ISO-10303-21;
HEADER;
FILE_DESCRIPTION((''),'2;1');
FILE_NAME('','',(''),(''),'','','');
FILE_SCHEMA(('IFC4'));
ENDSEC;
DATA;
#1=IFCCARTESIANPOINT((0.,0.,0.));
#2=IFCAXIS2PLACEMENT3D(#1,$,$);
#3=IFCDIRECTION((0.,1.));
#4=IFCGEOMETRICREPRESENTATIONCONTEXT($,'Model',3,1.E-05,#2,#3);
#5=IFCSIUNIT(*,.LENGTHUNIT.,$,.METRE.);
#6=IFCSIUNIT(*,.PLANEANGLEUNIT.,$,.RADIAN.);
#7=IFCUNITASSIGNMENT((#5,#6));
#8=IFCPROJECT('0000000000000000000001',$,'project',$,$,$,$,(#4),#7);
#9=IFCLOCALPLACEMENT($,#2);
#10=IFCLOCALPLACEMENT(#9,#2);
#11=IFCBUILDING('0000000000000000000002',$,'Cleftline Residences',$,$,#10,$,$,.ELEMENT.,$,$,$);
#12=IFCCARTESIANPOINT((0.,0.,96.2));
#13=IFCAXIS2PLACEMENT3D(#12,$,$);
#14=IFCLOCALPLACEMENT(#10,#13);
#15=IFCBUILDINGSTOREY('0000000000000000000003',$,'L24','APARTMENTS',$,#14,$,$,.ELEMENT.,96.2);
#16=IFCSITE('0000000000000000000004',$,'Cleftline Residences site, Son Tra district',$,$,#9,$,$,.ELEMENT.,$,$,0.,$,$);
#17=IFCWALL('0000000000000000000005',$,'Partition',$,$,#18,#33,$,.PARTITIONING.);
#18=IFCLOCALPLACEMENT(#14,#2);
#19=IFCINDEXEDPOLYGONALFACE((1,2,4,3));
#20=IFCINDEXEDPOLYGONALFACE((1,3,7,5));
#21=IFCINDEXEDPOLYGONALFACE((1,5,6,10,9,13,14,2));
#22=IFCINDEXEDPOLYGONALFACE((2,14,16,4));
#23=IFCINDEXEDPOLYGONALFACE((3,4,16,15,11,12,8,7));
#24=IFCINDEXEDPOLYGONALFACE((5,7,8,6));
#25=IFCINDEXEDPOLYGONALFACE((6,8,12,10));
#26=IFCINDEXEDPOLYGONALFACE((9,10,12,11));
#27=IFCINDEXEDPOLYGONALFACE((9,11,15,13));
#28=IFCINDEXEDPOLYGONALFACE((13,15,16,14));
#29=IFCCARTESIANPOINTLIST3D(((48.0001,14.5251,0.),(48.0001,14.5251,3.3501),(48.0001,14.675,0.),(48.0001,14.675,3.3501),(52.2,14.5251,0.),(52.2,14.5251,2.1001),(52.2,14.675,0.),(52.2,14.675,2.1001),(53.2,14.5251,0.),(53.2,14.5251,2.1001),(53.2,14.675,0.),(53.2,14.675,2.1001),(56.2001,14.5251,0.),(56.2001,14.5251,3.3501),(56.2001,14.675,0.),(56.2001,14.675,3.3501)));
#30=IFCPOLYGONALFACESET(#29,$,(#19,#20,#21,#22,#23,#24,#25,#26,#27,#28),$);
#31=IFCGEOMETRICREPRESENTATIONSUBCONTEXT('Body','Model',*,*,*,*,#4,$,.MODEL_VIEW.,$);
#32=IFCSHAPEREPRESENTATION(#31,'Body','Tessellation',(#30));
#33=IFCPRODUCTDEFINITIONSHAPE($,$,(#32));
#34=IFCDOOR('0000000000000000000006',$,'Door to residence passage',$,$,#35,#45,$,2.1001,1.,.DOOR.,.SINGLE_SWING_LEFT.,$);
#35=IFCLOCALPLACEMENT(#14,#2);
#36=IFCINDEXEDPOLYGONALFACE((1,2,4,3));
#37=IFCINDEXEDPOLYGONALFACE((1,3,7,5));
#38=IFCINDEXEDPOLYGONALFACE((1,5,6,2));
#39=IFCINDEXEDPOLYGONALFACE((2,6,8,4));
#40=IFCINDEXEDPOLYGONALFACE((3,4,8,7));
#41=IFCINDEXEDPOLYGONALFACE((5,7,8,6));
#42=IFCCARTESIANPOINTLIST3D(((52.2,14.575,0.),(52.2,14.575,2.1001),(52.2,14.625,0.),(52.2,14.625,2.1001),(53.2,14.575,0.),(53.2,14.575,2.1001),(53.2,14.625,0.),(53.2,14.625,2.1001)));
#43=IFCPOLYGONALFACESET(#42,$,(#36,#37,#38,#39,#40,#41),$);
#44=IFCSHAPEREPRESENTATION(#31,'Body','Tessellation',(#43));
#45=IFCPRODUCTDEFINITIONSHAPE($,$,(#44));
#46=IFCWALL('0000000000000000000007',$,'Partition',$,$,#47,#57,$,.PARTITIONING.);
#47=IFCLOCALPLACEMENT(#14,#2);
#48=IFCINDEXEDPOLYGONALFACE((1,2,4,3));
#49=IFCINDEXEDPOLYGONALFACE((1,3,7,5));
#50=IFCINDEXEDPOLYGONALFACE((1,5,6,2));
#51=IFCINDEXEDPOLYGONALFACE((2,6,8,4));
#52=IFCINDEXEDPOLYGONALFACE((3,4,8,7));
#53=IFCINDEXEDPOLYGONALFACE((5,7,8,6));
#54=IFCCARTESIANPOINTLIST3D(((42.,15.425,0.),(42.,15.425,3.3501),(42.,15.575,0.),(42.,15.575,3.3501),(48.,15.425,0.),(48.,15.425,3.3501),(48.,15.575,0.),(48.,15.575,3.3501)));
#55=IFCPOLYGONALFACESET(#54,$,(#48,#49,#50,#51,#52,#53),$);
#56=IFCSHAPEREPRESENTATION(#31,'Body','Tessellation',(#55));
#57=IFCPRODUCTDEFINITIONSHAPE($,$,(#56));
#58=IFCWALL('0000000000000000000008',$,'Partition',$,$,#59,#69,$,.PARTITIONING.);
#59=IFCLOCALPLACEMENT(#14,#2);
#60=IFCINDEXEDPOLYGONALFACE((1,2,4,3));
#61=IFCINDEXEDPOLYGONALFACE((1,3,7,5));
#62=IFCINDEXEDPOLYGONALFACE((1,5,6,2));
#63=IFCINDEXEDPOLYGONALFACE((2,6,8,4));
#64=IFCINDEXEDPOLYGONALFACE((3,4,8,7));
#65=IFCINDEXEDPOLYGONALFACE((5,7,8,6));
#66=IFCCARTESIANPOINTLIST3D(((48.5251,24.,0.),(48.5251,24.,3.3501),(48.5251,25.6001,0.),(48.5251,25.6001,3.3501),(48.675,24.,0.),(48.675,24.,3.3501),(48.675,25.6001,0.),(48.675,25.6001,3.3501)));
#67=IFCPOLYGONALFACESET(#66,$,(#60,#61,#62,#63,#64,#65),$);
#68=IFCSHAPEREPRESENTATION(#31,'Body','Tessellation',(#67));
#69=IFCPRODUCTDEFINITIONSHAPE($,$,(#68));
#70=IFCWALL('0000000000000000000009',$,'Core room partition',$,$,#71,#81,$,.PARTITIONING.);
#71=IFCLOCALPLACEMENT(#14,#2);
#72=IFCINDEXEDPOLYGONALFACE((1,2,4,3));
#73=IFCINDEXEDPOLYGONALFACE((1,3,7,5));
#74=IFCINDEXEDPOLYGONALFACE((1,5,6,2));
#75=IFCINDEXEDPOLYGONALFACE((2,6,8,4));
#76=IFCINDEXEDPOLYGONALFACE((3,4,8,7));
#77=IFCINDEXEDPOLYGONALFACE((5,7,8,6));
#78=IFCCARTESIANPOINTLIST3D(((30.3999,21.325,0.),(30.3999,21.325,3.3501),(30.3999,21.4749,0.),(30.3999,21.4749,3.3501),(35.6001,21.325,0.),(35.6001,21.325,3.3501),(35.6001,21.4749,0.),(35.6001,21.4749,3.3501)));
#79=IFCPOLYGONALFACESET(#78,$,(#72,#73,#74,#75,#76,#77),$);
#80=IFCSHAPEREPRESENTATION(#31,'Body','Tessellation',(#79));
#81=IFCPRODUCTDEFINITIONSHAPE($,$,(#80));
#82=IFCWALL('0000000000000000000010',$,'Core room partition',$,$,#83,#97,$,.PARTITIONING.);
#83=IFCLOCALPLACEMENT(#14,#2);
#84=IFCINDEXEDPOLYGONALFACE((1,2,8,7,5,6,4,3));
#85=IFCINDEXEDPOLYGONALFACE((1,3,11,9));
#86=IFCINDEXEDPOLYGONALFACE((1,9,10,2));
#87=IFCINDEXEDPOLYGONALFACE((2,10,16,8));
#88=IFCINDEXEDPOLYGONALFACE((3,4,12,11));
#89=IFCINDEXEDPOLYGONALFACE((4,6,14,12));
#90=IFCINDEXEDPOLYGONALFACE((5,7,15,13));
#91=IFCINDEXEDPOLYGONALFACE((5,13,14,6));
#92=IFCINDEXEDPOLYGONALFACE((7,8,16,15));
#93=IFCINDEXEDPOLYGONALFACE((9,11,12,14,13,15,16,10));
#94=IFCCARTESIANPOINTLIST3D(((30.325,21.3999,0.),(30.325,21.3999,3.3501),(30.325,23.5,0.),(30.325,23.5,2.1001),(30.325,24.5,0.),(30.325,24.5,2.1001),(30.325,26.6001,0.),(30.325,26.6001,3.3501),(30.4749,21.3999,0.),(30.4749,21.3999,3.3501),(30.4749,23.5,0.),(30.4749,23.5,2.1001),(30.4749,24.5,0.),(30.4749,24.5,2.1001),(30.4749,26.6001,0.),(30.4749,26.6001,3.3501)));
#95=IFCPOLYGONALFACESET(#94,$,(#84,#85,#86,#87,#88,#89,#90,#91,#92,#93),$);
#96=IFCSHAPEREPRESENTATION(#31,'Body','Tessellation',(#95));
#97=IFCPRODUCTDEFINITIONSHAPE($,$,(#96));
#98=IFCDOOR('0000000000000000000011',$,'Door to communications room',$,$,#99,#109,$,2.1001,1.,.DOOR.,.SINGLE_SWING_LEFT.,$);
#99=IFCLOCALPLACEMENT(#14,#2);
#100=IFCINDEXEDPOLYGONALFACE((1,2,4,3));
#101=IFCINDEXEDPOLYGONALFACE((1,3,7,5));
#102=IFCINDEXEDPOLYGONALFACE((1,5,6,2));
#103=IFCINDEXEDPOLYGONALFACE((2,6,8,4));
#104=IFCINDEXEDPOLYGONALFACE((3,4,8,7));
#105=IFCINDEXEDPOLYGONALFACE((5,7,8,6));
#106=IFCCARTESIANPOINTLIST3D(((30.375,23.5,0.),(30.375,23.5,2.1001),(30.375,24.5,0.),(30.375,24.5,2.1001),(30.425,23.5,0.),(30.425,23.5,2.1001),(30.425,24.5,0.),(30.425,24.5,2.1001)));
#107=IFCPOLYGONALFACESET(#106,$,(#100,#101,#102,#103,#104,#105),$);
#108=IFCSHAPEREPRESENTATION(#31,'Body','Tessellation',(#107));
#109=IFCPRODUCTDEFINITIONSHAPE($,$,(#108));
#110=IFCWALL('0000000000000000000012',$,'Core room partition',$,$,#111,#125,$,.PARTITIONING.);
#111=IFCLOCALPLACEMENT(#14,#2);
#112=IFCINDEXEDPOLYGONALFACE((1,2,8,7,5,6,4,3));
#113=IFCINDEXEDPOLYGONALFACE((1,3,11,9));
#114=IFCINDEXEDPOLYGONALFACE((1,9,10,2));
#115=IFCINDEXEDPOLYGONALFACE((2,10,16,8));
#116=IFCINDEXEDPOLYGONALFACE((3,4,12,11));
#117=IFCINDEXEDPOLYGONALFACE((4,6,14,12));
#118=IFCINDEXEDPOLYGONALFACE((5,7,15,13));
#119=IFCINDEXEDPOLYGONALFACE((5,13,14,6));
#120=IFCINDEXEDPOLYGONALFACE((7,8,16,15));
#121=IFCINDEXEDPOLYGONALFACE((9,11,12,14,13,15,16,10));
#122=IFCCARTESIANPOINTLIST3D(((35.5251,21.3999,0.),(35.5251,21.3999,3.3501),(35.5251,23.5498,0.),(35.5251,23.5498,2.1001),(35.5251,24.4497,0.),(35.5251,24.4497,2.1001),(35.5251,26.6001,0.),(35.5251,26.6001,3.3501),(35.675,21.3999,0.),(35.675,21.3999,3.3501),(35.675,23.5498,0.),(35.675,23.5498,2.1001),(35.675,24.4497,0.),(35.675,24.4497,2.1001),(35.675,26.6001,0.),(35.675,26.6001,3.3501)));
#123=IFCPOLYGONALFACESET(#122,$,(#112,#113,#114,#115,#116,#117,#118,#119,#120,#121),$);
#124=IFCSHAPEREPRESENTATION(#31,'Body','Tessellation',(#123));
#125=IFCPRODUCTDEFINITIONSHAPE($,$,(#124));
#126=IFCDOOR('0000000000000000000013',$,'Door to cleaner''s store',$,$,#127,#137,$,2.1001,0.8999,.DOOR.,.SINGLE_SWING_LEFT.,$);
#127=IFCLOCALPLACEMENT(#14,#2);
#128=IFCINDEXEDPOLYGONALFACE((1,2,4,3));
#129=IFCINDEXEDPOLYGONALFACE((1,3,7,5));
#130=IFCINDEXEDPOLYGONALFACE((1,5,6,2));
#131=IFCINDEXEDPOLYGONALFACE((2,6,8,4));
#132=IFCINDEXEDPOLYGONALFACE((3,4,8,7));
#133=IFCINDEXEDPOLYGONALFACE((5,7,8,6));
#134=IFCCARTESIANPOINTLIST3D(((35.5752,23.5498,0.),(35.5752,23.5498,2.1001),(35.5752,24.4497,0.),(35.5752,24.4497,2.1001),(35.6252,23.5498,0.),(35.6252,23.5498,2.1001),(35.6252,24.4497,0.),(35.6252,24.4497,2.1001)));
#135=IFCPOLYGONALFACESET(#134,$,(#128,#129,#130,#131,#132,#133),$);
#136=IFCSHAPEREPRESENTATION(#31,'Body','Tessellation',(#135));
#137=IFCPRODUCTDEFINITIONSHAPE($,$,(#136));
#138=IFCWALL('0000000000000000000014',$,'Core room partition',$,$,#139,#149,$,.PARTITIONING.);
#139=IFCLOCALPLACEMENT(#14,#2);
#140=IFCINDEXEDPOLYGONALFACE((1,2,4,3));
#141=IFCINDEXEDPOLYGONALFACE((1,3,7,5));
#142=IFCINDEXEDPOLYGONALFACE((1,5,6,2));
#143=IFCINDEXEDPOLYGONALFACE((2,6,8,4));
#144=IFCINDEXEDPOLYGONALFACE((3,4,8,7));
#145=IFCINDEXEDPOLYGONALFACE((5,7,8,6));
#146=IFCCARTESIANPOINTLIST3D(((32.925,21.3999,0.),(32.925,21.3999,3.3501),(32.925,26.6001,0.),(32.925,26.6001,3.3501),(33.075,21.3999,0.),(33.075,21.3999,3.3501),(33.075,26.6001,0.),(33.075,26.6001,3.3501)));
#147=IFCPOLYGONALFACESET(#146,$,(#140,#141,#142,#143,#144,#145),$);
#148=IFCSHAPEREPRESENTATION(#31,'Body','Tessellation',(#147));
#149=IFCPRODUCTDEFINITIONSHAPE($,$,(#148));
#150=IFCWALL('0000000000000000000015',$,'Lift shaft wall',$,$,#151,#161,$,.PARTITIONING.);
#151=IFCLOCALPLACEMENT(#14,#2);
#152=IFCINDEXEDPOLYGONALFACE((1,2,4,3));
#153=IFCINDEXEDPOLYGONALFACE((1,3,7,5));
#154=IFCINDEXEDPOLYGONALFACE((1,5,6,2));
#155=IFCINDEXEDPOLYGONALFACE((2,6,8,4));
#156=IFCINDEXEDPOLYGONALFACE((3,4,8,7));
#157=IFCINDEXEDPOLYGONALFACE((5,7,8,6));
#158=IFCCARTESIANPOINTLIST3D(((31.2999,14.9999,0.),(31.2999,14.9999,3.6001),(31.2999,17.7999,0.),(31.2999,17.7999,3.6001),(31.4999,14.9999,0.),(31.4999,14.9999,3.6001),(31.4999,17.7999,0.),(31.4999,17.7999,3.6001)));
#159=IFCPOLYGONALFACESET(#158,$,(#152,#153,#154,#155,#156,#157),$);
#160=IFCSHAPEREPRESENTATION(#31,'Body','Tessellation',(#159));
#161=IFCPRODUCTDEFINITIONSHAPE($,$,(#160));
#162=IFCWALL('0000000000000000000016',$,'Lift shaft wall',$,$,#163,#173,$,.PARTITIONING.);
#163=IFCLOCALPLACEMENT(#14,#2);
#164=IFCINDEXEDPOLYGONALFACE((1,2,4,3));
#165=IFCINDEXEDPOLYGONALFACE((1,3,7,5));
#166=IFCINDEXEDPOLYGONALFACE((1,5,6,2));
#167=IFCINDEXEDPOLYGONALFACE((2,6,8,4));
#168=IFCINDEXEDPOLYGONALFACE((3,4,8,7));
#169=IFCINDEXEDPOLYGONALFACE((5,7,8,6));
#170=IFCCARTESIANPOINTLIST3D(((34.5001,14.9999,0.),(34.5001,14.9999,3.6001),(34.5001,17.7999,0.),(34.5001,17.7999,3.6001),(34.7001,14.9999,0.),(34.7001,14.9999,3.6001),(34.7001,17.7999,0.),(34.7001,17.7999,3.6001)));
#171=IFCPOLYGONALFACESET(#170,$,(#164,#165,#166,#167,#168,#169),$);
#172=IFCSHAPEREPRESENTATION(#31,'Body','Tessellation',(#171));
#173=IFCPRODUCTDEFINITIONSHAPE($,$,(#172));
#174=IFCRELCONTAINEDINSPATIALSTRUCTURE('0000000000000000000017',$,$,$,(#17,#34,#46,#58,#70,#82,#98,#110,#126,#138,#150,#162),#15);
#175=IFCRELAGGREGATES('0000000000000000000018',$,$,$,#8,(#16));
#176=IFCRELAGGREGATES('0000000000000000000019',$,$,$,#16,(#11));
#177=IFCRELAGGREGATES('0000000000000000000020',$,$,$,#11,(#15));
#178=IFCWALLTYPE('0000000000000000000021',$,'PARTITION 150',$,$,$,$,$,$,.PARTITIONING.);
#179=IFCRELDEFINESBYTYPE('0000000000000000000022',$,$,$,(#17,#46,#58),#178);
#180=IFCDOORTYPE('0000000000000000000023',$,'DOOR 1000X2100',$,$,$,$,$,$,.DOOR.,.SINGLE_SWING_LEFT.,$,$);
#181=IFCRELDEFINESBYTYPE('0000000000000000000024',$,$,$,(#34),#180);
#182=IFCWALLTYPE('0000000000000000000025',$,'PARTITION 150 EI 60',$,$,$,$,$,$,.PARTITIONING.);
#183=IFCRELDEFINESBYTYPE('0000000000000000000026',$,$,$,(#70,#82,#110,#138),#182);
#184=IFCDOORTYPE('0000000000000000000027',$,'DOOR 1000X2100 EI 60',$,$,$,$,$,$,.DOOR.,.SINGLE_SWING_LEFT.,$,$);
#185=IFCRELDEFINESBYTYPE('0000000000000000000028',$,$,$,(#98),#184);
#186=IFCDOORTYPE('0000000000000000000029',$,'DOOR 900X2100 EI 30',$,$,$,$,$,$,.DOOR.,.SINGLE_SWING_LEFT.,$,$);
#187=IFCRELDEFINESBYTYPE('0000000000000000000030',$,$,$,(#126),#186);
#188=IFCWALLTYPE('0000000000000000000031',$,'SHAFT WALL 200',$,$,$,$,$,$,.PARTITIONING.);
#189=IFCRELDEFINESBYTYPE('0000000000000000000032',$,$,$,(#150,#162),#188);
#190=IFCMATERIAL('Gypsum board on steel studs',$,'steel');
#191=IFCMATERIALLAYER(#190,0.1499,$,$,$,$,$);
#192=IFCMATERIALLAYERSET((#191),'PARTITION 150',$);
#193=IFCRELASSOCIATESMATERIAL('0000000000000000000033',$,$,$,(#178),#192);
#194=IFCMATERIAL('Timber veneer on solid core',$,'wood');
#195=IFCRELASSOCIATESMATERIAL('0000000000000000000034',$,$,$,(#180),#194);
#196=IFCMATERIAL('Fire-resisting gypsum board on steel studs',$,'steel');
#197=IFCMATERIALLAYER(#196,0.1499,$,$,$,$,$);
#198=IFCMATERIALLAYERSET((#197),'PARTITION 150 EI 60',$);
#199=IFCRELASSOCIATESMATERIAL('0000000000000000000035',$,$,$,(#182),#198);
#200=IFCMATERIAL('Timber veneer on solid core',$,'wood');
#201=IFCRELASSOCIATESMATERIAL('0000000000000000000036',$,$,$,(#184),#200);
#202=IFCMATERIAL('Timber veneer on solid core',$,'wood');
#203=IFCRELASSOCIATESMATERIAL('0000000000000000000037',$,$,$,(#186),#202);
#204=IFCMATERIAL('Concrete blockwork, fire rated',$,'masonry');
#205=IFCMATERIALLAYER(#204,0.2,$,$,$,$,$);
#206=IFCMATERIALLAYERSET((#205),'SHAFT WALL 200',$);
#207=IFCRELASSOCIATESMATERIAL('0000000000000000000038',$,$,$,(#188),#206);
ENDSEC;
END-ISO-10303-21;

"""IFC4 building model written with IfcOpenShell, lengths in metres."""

from ifc_helpers import new_model, si_unit, direction, frame, frame_2d, origin, place, context, subcontext, project, spatial, rectangle, extrude, material, layer, layer_set, type_object, element, fill, save


model = new_model("IFC4")

# Units and contexts
model_context = context("Model", 3, precision=1e-05, world=origin(), true_north=direction((0.0, 1.0)))
body_context = subcontext(model_context, "Body", "Model", "MODEL_VIEW")
ifc_project = project(units=[si_unit("LENGTHUNIT", "METRE"), si_unit("PLANEANGLEUNIT", "RADIAN")], contexts=[model_context])

# Site, building, storey
site_placement = place(None, origin())
site = spatial("IfcSite", under=ifc_project, at=site_placement, Name="Cleftline Residences site, Son Tra district", CompositionType="ELEMENT", RefElevation=0.0)
building_placement = place(site_placement, origin())
building = spatial("IfcBuilding", under=site, at=building_placement, Name="Cleftline Residences", CompositionType="ELEMENT")
storey_placement = place(building_placement, frame((0.0, 0.0, 96.2)))
storey = spatial("IfcBuildingStorey", under=building, at=storey_placement, Name="L24", Description="APARTMENTS", CompositionType="ELEMENT", Elevation=96.2)

# Wall, opening, door
ifc_material_1 = material(Name="Gypsum board on steel studs", Category="steel")
ifc_layer_1 = layer(ifc_material_1, 0.1499)
ifc_layer_set_1 = layer_set([ifc_layer_1], Name="PARTITION 150")
wall_type_1 = type_object("IfcWallType", Name="PARTITION 150", PredefinedType="PARTITIONING", material=ifc_layer_set_1)
wall_1_placement = place(storey_placement, frame((48.0, 14.6001, 0.0), z_axis=(0.0, 0.0, 1.0), x_axis=(1.0, 0.0, 0.0)))
wall_1 = element("IfcWall", 1, at=wall_1_placement, inside=storey, type_object=wall_type_1, Name="Partition", PredefinedType="PARTITIONING", context=body_context, shape_type="SweptSolid", body=[
    extrude(rectangle(XDim=8.2, YDim=0.1499, at=frame_2d((4.1001, 0.0))), origin(), (0.0, 0.0, 1.0), 3.3501),
])
opening_1_placement = place(wall_1_placement, frame((4.2, 0.0, 0.0)))
opening_1 = element("IfcOpeningElement", 2, at=opening_1_placement, cuts=wall_1, PredefinedType="OPENING", context=body_context, shape_type="SweptSolid", body=[
    extrude(rectangle(XDim=1.0, YDim=2.1001, at=frame_2d((0.5, 1.05))), frame((0.0, 0.085, 0.0), z_axis=(0.0, -1.0, 0.0), x_axis=(1.0, 0.0, 0.0)), (0.0, 0.0, 1.0), 0.1699),
])
ifc_material_2 = material(Name="Timber veneer on solid core", Category="wood")
door_type_1 = type_object("IfcDoorType", Name="DOOR 1000X2100", OperationType="SINGLE_SWING_LEFT", PredefinedType="DOOR", material=ifc_material_2)
door_1_placement = place(opening_1_placement, origin())
door_1 = element("IfcDoor", 3, at=door_1_placement, inside=storey, type_object=door_type_1, Name="Door to residence passage", OperationType="SINGLE_SWING_LEFT", OverallHeight=2.1001, OverallWidth=1.0, PredefinedType="DOOR", context=body_context, shape_type="SweptSolid", body=[
    extrude(rectangle(XDim=1.0, YDim=2.1001, at=frame_2d((0.5, 1.05))), frame((0.0, 0.0249, 0.0), z_axis=(0.0, -1.0, 0.0), x_axis=(1.0, 0.0, 0.0)), (0.0, 0.0, 1.0), 0.05),
])
fill(opening_1, door_1)

# Walls
wall_2_placement = place(storey_placement, frame((42.0, 15.5, 0.0), z_axis=(0.0, 0.0, 1.0), x_axis=(1.0, 0.0, 0.0)))
element("IfcWall", 4, at=wall_2_placement, inside=storey, type_object=wall_type_1, Name="Partition", PredefinedType="PARTITIONING", context=body_context, shape_type="SweptSolid", body=[
    extrude(rectangle(XDim=6.0, YDim=0.1499, at=frame_2d((3.0, 0.0))), origin(), (0.0, 0.0, 1.0), 3.3501),
])
wall_3_placement = place(storey_placement, frame((48.6001, 24.0, 0.0), z_axis=(0.0, 0.0, 1.0), x_axis=(0.0, 1.0, 0.0)))
element("IfcWall", 5, at=wall_3_placement, inside=storey, type_object=wall_type_1, Name="Partition", PredefinedType="PARTITIONING", context=body_context, shape_type="SweptSolid", body=[
    extrude(rectangle(XDim=1.6001, YDim=0.1499, at=frame_2d((0.8, 0.0))), origin(), (0.0, 0.0, 1.0), 3.3501),
])
ifc_material_3 = material(Name="Fire-resisting gypsum board on steel studs", Category="steel")
ifc_layer_2 = layer(ifc_material_3, 0.1499)
ifc_layer_set_2 = layer_set([ifc_layer_2], Name="PARTITION 150 EI 60")
wall_type_2 = type_object("IfcWallType", Name="PARTITION 150 EI 60", PredefinedType="PARTITIONING", material=ifc_layer_set_2)
wall_4_placement = place(storey_placement, frame((30.3999, 21.3999, 0.0), z_axis=(0.0, 0.0, 1.0), x_axis=(1.0, 0.0, 0.0)))
element("IfcWall", 6, at=wall_4_placement, inside=storey, type_object=wall_type_2, Name="Core room partition", PredefinedType="PARTITIONING", context=body_context, shape_type="SweptSolid", body=[
    extrude(rectangle(XDim=5.2002, YDim=0.1499, at=frame_2d((2.6001, 0.0))), origin(), (0.0, 0.0, 1.0), 3.3501),
])

# Walls, openings, doors
wall_5_placement = place(storey_placement, frame((30.3999, 21.3999, 0.0), z_axis=(0.0, 0.0, 1.0), x_axis=(0.0, 1.0, 0.0)))
wall_5 = element("IfcWall", 7, at=wall_5_placement, inside=storey, type_object=wall_type_2, Name="Core room partition", PredefinedType="PARTITIONING", context=body_context, shape_type="SweptSolid", body=[
    extrude(rectangle(XDim=5.2002, YDim=0.1499, at=frame_2d((2.6001, 0.0))), origin(), (0.0, 0.0, 1.0), 3.3501),
])
opening_2_placement = place(wall_5_placement, frame((2.1001, 0.0, 0.0)))
opening_2 = element("IfcOpeningElement", 8, at=opening_2_placement, cuts=wall_5, PredefinedType="OPENING", context=body_context, shape_type="SweptSolid", body=[
    extrude(rectangle(XDim=1.0, YDim=2.1001, at=frame_2d((0.5, 1.05))), frame((0.0, 0.085, 0.0), z_axis=(0.0, -1.0, 0.0), x_axis=(1.0, 0.0, 0.0)), (0.0, 0.0, 1.0), 0.1699),
])
ifc_material_4 = material(Name="Timber veneer on solid core", Category="wood")
door_type_2 = type_object("IfcDoorType", Name="DOOR 1000X2100 EI 60", OperationType="SINGLE_SWING_LEFT", PredefinedType="DOOR", material=ifc_material_4)
door_2_placement = place(opening_2_placement, origin())
door_2 = element("IfcDoor", 9, at=door_2_placement, inside=storey, type_object=door_type_2, Name="Door to communications room", OperationType="SINGLE_SWING_LEFT", OverallHeight=2.1001, OverallWidth=1.0, PredefinedType="DOOR", context=body_context, shape_type="SweptSolid", body=[
    extrude(rectangle(XDim=1.0, YDim=2.1001, at=frame_2d((0.5, 1.05))), frame((0.0, 0.0249, 0.0), z_axis=(0.0, -1.0, 0.0), x_axis=(1.0, 0.0, 0.0)), (0.0, 0.0, 1.0), 0.05),
])
fill(opening_2, door_2)
wall_6_placement = place(storey_placement, frame((35.6001, 21.3999, 0.0), z_axis=(0.0, 0.0, 1.0), x_axis=(0.0, 1.0, 0.0)))
wall_6 = element("IfcWall", 10, at=wall_6_placement, inside=storey, type_object=wall_type_2, Name="Core room partition", PredefinedType="PARTITIONING", context=body_context, shape_type="SweptSolid", body=[
    extrude(rectangle(XDim=5.2002, YDim=0.1499, at=frame_2d((2.6001, 0.0))), origin(), (0.0, 0.0, 1.0), 3.3501),
])
opening_3_placement = place(wall_6_placement, frame((2.1499, 0.0, 0.0)))
opening_3 = element("IfcOpeningElement", 11, at=opening_3_placement, cuts=wall_6, PredefinedType="OPENING", context=body_context, shape_type="SweptSolid", body=[
    extrude(rectangle(XDim=0.8999, YDim=2.1001, at=frame_2d((0.45, 1.05))), frame((0.0, 0.085, 0.0), z_axis=(0.0, -1.0, 0.0), x_axis=(1.0, 0.0, 0.0)), (0.0, 0.0, 1.0), 0.1699),
])
ifc_material_5 = material(Name="Timber veneer on solid core", Category="wood")
door_type_3 = type_object("IfcDoorType", Name="DOOR 900X2100 EI 30", OperationType="SINGLE_SWING_LEFT", PredefinedType="DOOR", material=ifc_material_5)
door_3_placement = place(opening_3_placement, origin())
door_3 = element("IfcDoor", 12, at=door_3_placement, inside=storey, type_object=door_type_3, Name="Door to cleaner's store", OperationType="SINGLE_SWING_LEFT", OverallHeight=2.1001, OverallWidth=0.8999, PredefinedType="DOOR", context=body_context, shape_type="SweptSolid", body=[
    extrude(rectangle(XDim=0.8999, YDim=2.1001, at=frame_2d((0.45, 1.05))), frame((0.0, 0.0249, 0.0), z_axis=(0.0, -1.0, 0.0), x_axis=(1.0, 0.0, 0.0)), (0.0, 0.0, 1.0), 0.05),
])
fill(opening_3, door_3)

# Walls
wall_7_placement = place(storey_placement, frame((33.0, 21.3999, 0.0), z_axis=(0.0, 0.0, 1.0), x_axis=(0.0, 1.0, 0.0)))
element("IfcWall", 13, at=wall_7_placement, inside=storey, type_object=wall_type_2, Name="Core room partition", PredefinedType="PARTITIONING", context=body_context, shape_type="SweptSolid", body=[
    extrude(rectangle(XDim=5.2002, YDim=0.1499, at=frame_2d((2.6001, 0.0))), origin(), (0.0, 0.0, 1.0), 3.3501),
])
ifc_material_6 = material(Name="Concrete blockwork, fire rated", Category="masonry")
ifc_layer_3 = layer(ifc_material_6, 0.2)
ifc_layer_set_3 = layer_set([ifc_layer_3], Name="SHAFT WALL 200")
wall_type_3 = type_object("IfcWallType", Name="SHAFT WALL 200", PredefinedType="PARTITIONING", material=ifc_layer_set_3)
for number, where, z_axis, x_axis, name in (
    (14, (31.3999, 15.0, 0.0), (0.0, 0.0, 1.0), (0.0, 1.0, 0.0), "Lift shaft wall"),
    (15, (34.6001, 15.0, 0.0), (0.0, 0.0, 1.0), (0.0, 1.0, 0.0), "Lift shaft wall"),
):
    element("IfcWall", number, at=place(storey_placement, frame(where, z_axis=z_axis, x_axis=x_axis)), inside=storey, type_object=wall_type_3, Name=name, PredefinedType="PARTITIONING", context=body_context, shape_type="SweptSolid", body=[
        extrude(rectangle(XDim=2.8, YDim=0.2, at=frame_2d((1.3999, 0.0))), origin(), (0.0, 0.0, 1.0), 3.6001),
    ])

save(model, "model.ifc")
